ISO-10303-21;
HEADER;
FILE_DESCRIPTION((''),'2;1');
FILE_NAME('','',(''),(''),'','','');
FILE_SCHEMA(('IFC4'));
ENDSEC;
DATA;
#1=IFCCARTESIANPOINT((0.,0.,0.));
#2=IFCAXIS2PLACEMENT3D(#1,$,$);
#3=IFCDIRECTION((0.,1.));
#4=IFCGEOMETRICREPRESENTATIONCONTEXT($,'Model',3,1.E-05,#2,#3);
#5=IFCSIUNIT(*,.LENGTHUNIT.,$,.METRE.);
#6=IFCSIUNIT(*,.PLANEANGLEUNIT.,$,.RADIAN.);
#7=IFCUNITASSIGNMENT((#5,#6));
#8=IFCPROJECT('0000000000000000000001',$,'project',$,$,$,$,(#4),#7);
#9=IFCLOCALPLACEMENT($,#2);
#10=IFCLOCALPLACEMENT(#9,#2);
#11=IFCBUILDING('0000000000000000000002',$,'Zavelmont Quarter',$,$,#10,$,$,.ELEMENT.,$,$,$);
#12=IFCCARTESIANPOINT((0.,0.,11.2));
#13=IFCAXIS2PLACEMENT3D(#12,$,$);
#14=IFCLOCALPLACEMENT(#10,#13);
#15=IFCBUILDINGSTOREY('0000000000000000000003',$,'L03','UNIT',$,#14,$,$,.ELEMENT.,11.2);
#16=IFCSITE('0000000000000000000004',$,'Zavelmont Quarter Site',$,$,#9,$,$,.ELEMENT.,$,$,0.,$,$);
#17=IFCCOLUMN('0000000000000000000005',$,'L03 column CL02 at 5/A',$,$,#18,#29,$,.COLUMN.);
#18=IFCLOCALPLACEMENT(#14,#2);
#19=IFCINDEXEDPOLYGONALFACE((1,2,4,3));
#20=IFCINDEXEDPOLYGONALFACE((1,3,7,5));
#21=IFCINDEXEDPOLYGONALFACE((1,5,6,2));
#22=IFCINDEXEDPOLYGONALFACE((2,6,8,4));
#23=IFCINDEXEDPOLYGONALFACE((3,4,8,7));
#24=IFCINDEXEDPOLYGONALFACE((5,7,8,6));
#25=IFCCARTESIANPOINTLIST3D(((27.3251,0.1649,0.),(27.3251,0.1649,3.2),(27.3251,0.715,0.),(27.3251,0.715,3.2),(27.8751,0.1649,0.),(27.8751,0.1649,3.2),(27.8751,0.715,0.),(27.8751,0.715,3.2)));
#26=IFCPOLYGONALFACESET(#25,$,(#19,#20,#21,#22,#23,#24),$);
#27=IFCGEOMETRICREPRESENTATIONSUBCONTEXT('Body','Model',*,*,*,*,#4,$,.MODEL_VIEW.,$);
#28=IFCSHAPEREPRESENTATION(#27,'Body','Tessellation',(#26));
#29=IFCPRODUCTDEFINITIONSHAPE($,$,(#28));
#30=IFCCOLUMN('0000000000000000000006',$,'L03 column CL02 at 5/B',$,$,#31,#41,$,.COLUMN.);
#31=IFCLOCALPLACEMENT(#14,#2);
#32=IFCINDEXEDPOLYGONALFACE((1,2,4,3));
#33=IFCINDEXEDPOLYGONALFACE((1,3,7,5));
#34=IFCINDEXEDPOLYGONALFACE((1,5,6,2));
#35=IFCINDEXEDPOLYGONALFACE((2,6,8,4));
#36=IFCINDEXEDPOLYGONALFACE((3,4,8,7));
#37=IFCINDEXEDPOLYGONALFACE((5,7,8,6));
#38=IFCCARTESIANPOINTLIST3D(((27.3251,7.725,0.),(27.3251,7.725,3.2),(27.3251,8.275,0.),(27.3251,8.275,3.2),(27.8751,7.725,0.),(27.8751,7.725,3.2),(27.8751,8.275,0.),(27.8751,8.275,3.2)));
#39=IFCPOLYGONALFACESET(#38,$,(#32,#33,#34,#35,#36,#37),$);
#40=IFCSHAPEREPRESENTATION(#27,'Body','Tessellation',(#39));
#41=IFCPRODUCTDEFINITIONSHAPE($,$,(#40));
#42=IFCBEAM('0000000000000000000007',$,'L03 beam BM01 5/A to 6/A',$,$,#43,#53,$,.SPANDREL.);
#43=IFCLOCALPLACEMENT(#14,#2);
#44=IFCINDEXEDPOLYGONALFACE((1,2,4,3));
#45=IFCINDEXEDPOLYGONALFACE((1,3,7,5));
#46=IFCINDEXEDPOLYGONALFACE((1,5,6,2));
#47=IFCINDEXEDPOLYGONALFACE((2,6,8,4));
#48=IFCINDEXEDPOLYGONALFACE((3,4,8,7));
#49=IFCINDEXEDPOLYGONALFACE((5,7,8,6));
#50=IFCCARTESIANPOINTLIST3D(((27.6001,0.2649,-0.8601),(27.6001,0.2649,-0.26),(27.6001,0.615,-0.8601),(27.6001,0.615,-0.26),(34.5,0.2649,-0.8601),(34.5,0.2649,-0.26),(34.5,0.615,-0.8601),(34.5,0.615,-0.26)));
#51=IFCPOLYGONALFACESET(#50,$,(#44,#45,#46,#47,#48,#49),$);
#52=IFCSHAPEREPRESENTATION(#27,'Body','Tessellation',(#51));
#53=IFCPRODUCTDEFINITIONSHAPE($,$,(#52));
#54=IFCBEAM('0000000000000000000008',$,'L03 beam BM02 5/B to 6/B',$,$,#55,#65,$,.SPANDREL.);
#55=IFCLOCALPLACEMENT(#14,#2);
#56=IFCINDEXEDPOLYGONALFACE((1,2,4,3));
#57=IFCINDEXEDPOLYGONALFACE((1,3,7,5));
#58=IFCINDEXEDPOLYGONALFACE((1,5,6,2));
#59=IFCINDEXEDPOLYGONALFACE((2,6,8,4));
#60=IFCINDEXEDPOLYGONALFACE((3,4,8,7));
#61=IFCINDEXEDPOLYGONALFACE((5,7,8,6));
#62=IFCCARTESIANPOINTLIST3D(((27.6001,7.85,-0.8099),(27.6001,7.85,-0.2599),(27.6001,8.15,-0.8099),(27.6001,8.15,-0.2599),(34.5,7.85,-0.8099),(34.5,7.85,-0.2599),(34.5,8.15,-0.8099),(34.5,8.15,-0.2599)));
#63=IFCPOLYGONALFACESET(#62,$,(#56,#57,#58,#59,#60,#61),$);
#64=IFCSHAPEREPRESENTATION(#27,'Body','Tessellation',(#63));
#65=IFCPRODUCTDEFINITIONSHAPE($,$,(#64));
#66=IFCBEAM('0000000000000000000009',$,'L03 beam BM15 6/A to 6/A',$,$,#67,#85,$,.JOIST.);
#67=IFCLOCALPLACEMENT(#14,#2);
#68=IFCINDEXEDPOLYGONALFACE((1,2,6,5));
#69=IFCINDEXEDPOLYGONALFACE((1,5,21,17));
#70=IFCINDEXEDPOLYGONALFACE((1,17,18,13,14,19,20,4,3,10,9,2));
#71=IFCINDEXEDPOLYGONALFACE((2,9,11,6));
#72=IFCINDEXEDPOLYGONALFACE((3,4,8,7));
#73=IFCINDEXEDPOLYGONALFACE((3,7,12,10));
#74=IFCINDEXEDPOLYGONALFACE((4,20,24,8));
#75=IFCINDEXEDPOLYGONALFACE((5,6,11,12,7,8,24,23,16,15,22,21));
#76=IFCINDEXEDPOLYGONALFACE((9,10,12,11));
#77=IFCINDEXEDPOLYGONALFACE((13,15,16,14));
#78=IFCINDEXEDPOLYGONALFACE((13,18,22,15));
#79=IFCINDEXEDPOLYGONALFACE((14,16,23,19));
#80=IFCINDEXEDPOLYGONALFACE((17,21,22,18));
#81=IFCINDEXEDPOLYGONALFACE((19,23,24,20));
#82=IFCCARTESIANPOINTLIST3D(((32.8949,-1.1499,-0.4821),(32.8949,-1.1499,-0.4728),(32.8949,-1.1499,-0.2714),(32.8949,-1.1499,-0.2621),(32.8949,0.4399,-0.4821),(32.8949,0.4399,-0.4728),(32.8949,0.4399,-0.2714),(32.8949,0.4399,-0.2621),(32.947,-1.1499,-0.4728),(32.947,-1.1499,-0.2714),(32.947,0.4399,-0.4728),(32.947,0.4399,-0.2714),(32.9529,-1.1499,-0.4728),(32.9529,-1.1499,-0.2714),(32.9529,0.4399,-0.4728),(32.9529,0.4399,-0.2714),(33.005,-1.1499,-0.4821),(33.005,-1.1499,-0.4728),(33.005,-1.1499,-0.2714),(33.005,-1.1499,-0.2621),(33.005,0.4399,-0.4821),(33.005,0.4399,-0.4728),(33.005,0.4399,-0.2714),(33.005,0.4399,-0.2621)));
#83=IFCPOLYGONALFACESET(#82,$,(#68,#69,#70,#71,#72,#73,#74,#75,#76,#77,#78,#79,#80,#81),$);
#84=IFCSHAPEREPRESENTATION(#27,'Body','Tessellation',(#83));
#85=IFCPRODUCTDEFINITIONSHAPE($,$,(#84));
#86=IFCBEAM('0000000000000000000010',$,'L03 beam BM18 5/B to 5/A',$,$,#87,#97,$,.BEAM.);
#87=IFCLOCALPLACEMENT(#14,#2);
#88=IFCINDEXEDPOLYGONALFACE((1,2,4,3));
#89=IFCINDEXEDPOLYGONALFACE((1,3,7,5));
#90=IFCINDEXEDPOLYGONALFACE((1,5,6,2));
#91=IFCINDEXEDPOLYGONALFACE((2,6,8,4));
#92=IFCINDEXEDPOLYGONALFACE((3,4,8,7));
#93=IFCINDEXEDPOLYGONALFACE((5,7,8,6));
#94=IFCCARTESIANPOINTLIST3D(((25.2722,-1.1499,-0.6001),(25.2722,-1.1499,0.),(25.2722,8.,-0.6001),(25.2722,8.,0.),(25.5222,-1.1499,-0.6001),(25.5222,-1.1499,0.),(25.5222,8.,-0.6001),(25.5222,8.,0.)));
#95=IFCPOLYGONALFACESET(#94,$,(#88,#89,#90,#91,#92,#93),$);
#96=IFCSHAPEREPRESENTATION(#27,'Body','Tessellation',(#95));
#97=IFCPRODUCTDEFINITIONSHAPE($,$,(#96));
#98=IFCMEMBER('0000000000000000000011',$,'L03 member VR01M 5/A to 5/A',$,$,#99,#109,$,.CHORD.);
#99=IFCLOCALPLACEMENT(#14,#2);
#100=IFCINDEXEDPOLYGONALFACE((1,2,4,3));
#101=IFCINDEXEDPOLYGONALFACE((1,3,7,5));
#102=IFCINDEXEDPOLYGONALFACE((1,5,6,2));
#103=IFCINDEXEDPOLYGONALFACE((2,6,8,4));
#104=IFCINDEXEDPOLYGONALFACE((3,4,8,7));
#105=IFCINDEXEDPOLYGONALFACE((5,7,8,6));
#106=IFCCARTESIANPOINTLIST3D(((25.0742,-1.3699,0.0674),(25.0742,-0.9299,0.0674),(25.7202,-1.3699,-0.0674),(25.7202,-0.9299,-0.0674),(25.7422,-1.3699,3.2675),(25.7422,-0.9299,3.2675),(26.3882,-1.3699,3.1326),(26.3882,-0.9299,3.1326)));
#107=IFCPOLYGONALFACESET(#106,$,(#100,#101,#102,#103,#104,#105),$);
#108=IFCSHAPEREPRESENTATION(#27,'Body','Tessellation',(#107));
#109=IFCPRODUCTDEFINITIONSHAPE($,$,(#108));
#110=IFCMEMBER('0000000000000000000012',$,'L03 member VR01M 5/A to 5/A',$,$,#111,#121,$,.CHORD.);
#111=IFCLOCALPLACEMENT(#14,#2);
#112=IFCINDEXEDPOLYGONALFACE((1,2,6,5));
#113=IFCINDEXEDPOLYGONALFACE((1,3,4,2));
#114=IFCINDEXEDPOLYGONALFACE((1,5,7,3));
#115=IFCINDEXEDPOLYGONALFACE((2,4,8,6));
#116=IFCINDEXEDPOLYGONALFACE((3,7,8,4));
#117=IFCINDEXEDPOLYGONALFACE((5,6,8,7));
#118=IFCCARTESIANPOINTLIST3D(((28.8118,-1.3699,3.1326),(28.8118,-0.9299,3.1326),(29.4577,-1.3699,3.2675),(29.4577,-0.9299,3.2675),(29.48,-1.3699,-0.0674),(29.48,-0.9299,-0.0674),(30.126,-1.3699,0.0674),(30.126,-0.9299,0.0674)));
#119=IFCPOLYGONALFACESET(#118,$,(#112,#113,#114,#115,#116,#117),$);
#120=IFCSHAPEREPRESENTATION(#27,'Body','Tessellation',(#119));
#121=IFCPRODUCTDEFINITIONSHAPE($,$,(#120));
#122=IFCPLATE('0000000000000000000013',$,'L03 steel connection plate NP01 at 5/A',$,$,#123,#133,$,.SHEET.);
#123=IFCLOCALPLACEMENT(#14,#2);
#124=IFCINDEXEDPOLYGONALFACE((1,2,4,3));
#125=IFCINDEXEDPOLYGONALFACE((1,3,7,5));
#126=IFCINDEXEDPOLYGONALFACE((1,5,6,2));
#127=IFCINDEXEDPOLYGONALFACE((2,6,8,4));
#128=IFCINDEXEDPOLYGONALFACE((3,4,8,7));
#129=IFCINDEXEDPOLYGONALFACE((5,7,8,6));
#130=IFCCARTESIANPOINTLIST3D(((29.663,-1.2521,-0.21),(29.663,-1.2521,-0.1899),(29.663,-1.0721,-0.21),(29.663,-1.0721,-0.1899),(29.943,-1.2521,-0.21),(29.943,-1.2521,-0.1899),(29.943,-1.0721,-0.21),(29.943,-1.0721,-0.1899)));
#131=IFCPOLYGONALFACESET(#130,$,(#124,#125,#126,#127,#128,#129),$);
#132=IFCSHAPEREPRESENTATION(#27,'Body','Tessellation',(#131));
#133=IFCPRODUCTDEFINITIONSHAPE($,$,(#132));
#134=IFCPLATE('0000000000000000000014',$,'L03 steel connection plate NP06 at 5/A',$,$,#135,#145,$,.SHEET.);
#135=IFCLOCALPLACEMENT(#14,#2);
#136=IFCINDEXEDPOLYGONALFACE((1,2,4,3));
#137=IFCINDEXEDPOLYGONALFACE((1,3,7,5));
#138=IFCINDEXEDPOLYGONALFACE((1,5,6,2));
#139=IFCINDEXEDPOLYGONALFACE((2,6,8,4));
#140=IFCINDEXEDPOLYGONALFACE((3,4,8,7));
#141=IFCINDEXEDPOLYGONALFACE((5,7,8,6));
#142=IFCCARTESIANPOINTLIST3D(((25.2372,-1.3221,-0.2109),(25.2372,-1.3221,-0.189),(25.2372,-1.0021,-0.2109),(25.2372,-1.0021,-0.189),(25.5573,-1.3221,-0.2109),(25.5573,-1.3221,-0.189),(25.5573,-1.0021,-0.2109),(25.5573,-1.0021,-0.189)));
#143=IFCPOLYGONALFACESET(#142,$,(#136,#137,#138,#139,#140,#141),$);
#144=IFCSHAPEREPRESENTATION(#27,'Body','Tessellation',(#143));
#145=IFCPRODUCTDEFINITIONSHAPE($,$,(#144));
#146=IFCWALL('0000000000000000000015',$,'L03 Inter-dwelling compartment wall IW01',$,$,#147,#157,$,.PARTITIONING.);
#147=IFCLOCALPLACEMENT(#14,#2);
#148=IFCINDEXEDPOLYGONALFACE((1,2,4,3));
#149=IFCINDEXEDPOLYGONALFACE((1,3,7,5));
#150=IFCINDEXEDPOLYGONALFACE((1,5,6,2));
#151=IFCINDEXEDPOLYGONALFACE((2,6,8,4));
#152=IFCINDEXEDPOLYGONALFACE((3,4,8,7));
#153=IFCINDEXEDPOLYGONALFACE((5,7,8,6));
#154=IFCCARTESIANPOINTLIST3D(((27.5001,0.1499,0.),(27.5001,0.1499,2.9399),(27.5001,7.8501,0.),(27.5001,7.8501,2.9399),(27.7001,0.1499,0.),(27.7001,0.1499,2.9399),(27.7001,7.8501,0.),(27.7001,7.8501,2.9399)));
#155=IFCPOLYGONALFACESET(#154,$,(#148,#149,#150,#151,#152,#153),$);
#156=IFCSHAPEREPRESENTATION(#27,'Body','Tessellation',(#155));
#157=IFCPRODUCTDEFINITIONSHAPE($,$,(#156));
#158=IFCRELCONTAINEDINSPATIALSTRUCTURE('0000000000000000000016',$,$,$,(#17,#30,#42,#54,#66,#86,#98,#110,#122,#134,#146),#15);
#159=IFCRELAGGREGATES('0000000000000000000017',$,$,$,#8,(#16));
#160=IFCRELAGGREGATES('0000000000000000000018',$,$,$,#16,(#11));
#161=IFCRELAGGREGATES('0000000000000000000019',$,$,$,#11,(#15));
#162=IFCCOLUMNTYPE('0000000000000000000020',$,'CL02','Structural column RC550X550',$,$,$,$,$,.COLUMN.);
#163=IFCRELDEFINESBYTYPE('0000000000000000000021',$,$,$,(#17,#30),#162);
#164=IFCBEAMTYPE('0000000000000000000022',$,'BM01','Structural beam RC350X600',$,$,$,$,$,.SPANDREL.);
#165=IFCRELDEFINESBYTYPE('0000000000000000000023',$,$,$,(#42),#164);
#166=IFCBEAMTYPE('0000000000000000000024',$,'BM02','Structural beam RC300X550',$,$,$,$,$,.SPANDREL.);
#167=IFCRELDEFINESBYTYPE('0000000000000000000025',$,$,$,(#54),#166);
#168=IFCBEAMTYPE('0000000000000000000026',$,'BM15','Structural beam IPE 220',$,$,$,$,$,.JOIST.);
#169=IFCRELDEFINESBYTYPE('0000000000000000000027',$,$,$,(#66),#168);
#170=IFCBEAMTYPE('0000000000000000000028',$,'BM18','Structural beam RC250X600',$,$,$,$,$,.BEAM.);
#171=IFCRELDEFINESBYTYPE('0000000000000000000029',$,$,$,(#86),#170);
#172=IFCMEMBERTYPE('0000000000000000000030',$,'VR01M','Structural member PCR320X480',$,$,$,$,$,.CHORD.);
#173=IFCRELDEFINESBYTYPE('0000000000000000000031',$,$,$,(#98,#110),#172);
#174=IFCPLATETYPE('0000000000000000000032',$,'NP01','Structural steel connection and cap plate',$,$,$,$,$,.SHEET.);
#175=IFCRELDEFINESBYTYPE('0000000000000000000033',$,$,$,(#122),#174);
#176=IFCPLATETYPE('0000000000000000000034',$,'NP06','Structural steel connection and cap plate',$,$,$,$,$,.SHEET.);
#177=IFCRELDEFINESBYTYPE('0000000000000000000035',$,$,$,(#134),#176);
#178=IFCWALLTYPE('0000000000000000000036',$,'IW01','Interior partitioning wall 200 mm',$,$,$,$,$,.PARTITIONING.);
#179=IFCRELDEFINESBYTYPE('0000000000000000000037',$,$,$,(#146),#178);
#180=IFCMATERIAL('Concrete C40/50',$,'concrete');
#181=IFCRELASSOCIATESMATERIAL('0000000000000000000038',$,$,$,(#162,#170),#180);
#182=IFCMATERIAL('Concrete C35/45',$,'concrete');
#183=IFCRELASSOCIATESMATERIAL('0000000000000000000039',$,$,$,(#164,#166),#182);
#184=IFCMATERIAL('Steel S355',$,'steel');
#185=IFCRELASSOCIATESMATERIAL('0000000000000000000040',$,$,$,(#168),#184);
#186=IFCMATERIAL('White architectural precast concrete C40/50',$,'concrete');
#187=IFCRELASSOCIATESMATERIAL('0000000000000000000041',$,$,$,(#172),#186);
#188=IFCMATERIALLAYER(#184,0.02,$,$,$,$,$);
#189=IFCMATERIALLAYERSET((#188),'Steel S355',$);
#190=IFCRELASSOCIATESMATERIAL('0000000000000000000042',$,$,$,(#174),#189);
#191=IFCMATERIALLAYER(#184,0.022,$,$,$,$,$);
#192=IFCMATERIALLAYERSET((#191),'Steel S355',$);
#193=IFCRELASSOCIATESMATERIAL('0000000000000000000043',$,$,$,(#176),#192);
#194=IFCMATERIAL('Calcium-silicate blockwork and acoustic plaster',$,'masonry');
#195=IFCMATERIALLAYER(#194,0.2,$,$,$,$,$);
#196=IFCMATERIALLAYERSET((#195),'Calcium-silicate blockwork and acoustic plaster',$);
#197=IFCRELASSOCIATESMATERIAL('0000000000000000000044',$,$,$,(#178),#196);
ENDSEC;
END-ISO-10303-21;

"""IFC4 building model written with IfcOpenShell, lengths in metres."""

from ifc_helpers import new_model, si_unit, direction, frame, frame_2d, origin, origin_2d, place, context, subcontext, project, spatial, rectangle, i_section, extrude, material, layer, layer_set, material_profile, profile_set, type_object, element, save


model = new_model("IFC4")

# Units and contexts
model_context = context("Model", 3, precision=1e-05, world=origin(), true_north=direction((0.0, 1.0)))
body_context = subcontext(model_context, "Body", "Model", "MODEL_VIEW")
ifc_project = project(units=[si_unit("LENGTHUNIT", "METRE"), si_unit("PLANEANGLEUNIT", "RADIAN")], contexts=[model_context])

# Site, building, storey
site_placement = place(None, origin())
site = spatial("IfcSite", under=ifc_project, at=site_placement, Name="Zavelmont Quarter Site", CompositionType="ELEMENT", RefElevation=0.0)
building_placement = place(site_placement, origin())
building = spatial("IfcBuilding", under=site, at=building_placement, Name="Zavelmont Quarter", CompositionType="ELEMENT")
storey_placement = place(building_placement, frame((0.0, 0.0, 11.2)))
storey = spatial("IfcBuildingStorey", under=building, at=storey_placement, Name="L03", Description="UNIT", CompositionType="ELEMENT", Elevation=11.2)

# Columns
ifc_material_1 = material(Name="Concrete C40/50", Category="concrete")
ifc_material_profile_1 = material_profile(ifc_material_1, rectangle(XDim=0.55, YDim=0.55, at=origin_2d()), Name="RC550X550")
ifc_profile_set_1 = profile_set([ifc_material_profile_1], Name="Concrete C40/50")
column_type = type_object("IfcColumnType", Name="CL02", Description="Structural column RC550X550", PredefinedType="COLUMN", material=ifc_profile_set_1)
for number, where, z_axis, x_axis, name in (
    (1, (27.6001, 0.4399, 0.0), (0.0, 0.0, 1.0), (1.0, 0.0, 0.0), "L03 column CL02 at 5/A"),
    (2, (27.6001, 8.0, 0.0), (0.0, 0.0, 1.0), (1.0, 0.0, 0.0), "L03 column CL02 at 5/B"),
):
    element("IfcColumn", number, at=place(storey_placement, frame(where, z_axis=z_axis, x_axis=x_axis)), inside=storey, type_object=column_type, Name=name, PredefinedType="COLUMN", context=body_context, shape_type="SweptSolid", body=[
        extrude(rectangle(XDim=0.55, YDim=0.55, at=origin_2d()), origin(), (0.0, 0.0, 1.0), 3.2),
    ])

# Beams
ifc_material_2 = material(Name="Concrete C35/45", Category="concrete")
ifc_material_profile_2 = material_profile(ifc_material_2, rectangle(XDim=0.3501, YDim=0.6001, at=origin_2d()), Name="RC350X600")
ifc_profile_set_2 = profile_set([ifc_material_profile_2], Name="Concrete C35/45")
beam_type_1 = type_object("IfcBeamType", Name="BM01", Description="Structural beam RC350X600", PredefinedType="SPANDREL", material=ifc_profile_set_2)
beam_1_placement = place(storey_placement, frame((27.6001, 0.4399, -0.5601), z_axis=(1.0, 0.0, 0.0), x_axis=(0.0, 1.0, 0.0)))
element("IfcBeam", 3, at=beam_1_placement, inside=storey, type_object=beam_type_1, Name="L03 beam BM01 5/A to 6/A", PredefinedType="SPANDREL", context=body_context, shape_type="SweptSolid", body=[
    extrude(rectangle(XDim=0.3501, YDim=0.6001, at=origin_2d()), origin(), (0.0, 0.0, 1.0), 6.8999),
])
ifc_material_profile_3 = material_profile(ifc_material_2, rectangle(XDim=0.3, YDim=0.55, at=origin_2d()), Name="RC300X550")
ifc_profile_set_3 = profile_set([ifc_material_profile_3], Name="Concrete C35/45")
beam_type_2 = type_object("IfcBeamType", Name="BM02", Description="Structural beam RC300X550", PredefinedType="SPANDREL", material=ifc_profile_set_3)
beam_2_placement = place(storey_placement, frame((27.6001, 8.0, -0.5349), z_axis=(1.0, 0.0, 0.0), x_axis=(0.0, 1.0, 0.0)))
element("IfcBeam", 4, at=beam_2_placement, inside=storey, type_object=beam_type_2, Name="L03 beam BM02 5/B to 6/B", PredefinedType="SPANDREL", context=body_context, shape_type="SweptSolid", body=[
    extrude(rectangle(XDim=0.3, YDim=0.55, at=origin_2d()), origin(), (0.0, 0.0, 1.0), 6.8999),
])
ifc_material_3 = material(Name="Steel S355", Category="steel")
ifc_material_profile_4 = material_profile(ifc_material_3, i_section(OverallWidth=0.1101, OverallDepth=0.22, WebThickness=0.0059, FlangeThickness=0.0093, at=origin_2d()), Name="IPE 220")
ifc_profile_set_4 = profile_set([ifc_material_profile_4], Name="Steel S355")
beam_type_3 = type_object("IfcBeamType", Name="BM15", Description="Structural beam IPE 220", PredefinedType="JOIST", material=ifc_profile_set_4)
beam_3_placement = place(storey_placement, frame((32.95, 0.4399, -0.3721), z_axis=(0.0, -1.0, 0.0), x_axis=(1.0, 0.0, 0.0)))
element("IfcBeam", 5, at=beam_3_placement, inside=storey, type_object=beam_type_3, Name="L03 beam BM15 6/A to 6/A", PredefinedType="JOIST", context=body_context, shape_type="SweptSolid", body=[
    extrude(i_section(OverallWidth=0.1101, OverallDepth=0.22, WebThickness=0.0059, FlangeThickness=0.0093, at=origin_2d()), origin(), (0.0, 0.0, 1.0), 1.5898),
])
ifc_material_profile_5 = material_profile(ifc_material_1, rectangle(XDim=0.25, YDim=0.6001, at=origin_2d()), Name="RC250X600")
ifc_profile_set_5 = profile_set([ifc_material_profile_5], Name="Concrete C40/50")
beam_type_4 = type_object("IfcBeamType", Name="BM18", Description="Structural beam RC250X600", PredefinedType="BEAM", material=ifc_profile_set_5)
beam_4_placement = place(storey_placement, frame((25.3972, 8.0, -0.3), z_axis=(0.0, -1.0, 0.0), x_axis=(1.0, 0.0, 0.0)))
element("IfcBeam", 6, at=beam_4_placement, inside=storey, type_object=beam_type_4, Name="L03 beam BM18 5/B to 5/A", PredefinedType="BEAM", context=body_context, shape_type="SweptSolid", body=[
    extrude(rectangle(XDim=0.25, YDim=0.6001, at=origin_2d()), origin(), (0.0, 0.0, 1.0), 9.1499),
])

# Members
ifc_material_4 = material(Name="White architectural precast concrete C40/50", Category="concrete")
ifc_material_profile_6 = material_profile(ifc_material_4, rectangle(XDim=0.4399, YDim=0.6599, at=origin_2d()), Name="PCR320X480")
ifc_profile_set_6 = profile_set([ifc_material_profile_6], Name="White architectural precast concrete C40/50")
member_type = type_object("IfcMemberType", Name="VR01M", Description="Structural member PCR320X480", PredefinedType="CHORD", material=ifc_profile_set_6)
for number, where, z_axis, x_axis, name in (
    (7, (25.3972, -1.1499, 0.0), (0.204339, 0.0, 0.9789), (0.0, 1.0, 0.0), "L03 member VR01M 5/A to 5/A"),
    (8, (29.803, -1.1499, 0.0), (-0.204411, 0.0, 0.978885), (0.0, -1.0, 0.0), "L03 member VR01M 5/A to 5/A"),
):
    element("IfcMember", number, at=place(storey_placement, frame(where, z_axis=z_axis, x_axis=x_axis)), inside=storey, type_object=member_type, Name=name, PredefinedType="CHORD", context=body_context, shape_type="SweptSolid", body=[
        extrude(rectangle(XDim=0.4399, YDim=0.6599, at=origin_2d()), origin(), (0.0, 0.0, 1.0), 3.269),
    ])

# Plates
ifc_layer_1 = layer(ifc_material_3, 0.02)
ifc_layer_set_1 = layer_set([ifc_layer_1], Name="Steel S355")
plate_type_1 = type_object("IfcPlateType", Name="NP01", Description="Structural steel connection and cap plate", PredefinedType="SHEET", material=ifc_layer_set_1)
plate_1_placement = place(storey_placement, frame((29.803, -1.1621, -0.21), z_axis=(0.0, 0.0, 1.0), x_axis=(1.0, 0.0, 0.0)))
element("IfcPlate", 9, at=plate_1_placement, inside=storey, type_object=plate_type_1, Name="L03 steel connection plate NP01 at 5/A", PredefinedType="SHEET", context=body_context, shape_type="SweptSolid", body=[
    extrude(rectangle(XDim=0.28, YDim=0.1799, at=origin_2d()), origin(), (0.0, 0.0, 1.0), 0.02),
])
ifc_layer_2 = layer(ifc_material_3, 0.022)
ifc_layer_set_2 = layer_set([ifc_layer_2], Name="Steel S355")
plate_type_2 = type_object("IfcPlateType", Name="NP06", Description="Structural steel connection and cap plate", PredefinedType="SHEET", material=ifc_layer_set_2)
plate_2_placement = place(storey_placement, frame((25.3972, -1.1621, -0.2109), z_axis=(0.0, 0.0, 1.0), x_axis=(1.0, 0.0, 0.0)))
element("IfcPlate", 10, at=plate_2_placement, inside=storey, type_object=plate_type_2, Name="L03 steel connection plate NP06 at 5/A", PredefinedType="SHEET", context=body_context, shape_type="SweptSolid", body=[
    extrude(rectangle(XDim=0.3201, YDim=0.3201, at=origin_2d()), origin(), (0.0, 0.0, 1.0), 0.022),
])

# Wall
ifc_material_5 = material(Name="Calcium-silicate blockwork and acoustic plaster", Category="masonry")
ifc_layer_3 = layer(ifc_material_5, 0.2)
ifc_layer_set_3 = layer_set([ifc_layer_3], Name="Calcium-silicate blockwork and acoustic plaster")
wall_type_1 = type_object("IfcWallType", Name="IW01", Description="Interior partitioning wall 200 mm", PredefinedType="PARTITIONING", material=ifc_layer_set_3)
wall_1_placement = place(storey_placement, frame((27.6001, 7.8501, 0.0), z_axis=(0.0, 0.0, 1.0), x_axis=(0.0, -1.0, 0.0)))
element("IfcWall", 11, at=wall_1_placement, inside=storey, type_object=wall_type_1, Name="L03 Inter-dwelling compartment wall IW01", PredefinedType="PARTITIONING", context=body_context, shape_type="SweptSolid", body=[
    extrude(rectangle(XDim=7.7002, YDim=0.2, at=frame_2d((3.8501, 0.0))), origin(), (0.0, 0.0, 1.0), 2.9399),
])

save(model, "model.ifc")
